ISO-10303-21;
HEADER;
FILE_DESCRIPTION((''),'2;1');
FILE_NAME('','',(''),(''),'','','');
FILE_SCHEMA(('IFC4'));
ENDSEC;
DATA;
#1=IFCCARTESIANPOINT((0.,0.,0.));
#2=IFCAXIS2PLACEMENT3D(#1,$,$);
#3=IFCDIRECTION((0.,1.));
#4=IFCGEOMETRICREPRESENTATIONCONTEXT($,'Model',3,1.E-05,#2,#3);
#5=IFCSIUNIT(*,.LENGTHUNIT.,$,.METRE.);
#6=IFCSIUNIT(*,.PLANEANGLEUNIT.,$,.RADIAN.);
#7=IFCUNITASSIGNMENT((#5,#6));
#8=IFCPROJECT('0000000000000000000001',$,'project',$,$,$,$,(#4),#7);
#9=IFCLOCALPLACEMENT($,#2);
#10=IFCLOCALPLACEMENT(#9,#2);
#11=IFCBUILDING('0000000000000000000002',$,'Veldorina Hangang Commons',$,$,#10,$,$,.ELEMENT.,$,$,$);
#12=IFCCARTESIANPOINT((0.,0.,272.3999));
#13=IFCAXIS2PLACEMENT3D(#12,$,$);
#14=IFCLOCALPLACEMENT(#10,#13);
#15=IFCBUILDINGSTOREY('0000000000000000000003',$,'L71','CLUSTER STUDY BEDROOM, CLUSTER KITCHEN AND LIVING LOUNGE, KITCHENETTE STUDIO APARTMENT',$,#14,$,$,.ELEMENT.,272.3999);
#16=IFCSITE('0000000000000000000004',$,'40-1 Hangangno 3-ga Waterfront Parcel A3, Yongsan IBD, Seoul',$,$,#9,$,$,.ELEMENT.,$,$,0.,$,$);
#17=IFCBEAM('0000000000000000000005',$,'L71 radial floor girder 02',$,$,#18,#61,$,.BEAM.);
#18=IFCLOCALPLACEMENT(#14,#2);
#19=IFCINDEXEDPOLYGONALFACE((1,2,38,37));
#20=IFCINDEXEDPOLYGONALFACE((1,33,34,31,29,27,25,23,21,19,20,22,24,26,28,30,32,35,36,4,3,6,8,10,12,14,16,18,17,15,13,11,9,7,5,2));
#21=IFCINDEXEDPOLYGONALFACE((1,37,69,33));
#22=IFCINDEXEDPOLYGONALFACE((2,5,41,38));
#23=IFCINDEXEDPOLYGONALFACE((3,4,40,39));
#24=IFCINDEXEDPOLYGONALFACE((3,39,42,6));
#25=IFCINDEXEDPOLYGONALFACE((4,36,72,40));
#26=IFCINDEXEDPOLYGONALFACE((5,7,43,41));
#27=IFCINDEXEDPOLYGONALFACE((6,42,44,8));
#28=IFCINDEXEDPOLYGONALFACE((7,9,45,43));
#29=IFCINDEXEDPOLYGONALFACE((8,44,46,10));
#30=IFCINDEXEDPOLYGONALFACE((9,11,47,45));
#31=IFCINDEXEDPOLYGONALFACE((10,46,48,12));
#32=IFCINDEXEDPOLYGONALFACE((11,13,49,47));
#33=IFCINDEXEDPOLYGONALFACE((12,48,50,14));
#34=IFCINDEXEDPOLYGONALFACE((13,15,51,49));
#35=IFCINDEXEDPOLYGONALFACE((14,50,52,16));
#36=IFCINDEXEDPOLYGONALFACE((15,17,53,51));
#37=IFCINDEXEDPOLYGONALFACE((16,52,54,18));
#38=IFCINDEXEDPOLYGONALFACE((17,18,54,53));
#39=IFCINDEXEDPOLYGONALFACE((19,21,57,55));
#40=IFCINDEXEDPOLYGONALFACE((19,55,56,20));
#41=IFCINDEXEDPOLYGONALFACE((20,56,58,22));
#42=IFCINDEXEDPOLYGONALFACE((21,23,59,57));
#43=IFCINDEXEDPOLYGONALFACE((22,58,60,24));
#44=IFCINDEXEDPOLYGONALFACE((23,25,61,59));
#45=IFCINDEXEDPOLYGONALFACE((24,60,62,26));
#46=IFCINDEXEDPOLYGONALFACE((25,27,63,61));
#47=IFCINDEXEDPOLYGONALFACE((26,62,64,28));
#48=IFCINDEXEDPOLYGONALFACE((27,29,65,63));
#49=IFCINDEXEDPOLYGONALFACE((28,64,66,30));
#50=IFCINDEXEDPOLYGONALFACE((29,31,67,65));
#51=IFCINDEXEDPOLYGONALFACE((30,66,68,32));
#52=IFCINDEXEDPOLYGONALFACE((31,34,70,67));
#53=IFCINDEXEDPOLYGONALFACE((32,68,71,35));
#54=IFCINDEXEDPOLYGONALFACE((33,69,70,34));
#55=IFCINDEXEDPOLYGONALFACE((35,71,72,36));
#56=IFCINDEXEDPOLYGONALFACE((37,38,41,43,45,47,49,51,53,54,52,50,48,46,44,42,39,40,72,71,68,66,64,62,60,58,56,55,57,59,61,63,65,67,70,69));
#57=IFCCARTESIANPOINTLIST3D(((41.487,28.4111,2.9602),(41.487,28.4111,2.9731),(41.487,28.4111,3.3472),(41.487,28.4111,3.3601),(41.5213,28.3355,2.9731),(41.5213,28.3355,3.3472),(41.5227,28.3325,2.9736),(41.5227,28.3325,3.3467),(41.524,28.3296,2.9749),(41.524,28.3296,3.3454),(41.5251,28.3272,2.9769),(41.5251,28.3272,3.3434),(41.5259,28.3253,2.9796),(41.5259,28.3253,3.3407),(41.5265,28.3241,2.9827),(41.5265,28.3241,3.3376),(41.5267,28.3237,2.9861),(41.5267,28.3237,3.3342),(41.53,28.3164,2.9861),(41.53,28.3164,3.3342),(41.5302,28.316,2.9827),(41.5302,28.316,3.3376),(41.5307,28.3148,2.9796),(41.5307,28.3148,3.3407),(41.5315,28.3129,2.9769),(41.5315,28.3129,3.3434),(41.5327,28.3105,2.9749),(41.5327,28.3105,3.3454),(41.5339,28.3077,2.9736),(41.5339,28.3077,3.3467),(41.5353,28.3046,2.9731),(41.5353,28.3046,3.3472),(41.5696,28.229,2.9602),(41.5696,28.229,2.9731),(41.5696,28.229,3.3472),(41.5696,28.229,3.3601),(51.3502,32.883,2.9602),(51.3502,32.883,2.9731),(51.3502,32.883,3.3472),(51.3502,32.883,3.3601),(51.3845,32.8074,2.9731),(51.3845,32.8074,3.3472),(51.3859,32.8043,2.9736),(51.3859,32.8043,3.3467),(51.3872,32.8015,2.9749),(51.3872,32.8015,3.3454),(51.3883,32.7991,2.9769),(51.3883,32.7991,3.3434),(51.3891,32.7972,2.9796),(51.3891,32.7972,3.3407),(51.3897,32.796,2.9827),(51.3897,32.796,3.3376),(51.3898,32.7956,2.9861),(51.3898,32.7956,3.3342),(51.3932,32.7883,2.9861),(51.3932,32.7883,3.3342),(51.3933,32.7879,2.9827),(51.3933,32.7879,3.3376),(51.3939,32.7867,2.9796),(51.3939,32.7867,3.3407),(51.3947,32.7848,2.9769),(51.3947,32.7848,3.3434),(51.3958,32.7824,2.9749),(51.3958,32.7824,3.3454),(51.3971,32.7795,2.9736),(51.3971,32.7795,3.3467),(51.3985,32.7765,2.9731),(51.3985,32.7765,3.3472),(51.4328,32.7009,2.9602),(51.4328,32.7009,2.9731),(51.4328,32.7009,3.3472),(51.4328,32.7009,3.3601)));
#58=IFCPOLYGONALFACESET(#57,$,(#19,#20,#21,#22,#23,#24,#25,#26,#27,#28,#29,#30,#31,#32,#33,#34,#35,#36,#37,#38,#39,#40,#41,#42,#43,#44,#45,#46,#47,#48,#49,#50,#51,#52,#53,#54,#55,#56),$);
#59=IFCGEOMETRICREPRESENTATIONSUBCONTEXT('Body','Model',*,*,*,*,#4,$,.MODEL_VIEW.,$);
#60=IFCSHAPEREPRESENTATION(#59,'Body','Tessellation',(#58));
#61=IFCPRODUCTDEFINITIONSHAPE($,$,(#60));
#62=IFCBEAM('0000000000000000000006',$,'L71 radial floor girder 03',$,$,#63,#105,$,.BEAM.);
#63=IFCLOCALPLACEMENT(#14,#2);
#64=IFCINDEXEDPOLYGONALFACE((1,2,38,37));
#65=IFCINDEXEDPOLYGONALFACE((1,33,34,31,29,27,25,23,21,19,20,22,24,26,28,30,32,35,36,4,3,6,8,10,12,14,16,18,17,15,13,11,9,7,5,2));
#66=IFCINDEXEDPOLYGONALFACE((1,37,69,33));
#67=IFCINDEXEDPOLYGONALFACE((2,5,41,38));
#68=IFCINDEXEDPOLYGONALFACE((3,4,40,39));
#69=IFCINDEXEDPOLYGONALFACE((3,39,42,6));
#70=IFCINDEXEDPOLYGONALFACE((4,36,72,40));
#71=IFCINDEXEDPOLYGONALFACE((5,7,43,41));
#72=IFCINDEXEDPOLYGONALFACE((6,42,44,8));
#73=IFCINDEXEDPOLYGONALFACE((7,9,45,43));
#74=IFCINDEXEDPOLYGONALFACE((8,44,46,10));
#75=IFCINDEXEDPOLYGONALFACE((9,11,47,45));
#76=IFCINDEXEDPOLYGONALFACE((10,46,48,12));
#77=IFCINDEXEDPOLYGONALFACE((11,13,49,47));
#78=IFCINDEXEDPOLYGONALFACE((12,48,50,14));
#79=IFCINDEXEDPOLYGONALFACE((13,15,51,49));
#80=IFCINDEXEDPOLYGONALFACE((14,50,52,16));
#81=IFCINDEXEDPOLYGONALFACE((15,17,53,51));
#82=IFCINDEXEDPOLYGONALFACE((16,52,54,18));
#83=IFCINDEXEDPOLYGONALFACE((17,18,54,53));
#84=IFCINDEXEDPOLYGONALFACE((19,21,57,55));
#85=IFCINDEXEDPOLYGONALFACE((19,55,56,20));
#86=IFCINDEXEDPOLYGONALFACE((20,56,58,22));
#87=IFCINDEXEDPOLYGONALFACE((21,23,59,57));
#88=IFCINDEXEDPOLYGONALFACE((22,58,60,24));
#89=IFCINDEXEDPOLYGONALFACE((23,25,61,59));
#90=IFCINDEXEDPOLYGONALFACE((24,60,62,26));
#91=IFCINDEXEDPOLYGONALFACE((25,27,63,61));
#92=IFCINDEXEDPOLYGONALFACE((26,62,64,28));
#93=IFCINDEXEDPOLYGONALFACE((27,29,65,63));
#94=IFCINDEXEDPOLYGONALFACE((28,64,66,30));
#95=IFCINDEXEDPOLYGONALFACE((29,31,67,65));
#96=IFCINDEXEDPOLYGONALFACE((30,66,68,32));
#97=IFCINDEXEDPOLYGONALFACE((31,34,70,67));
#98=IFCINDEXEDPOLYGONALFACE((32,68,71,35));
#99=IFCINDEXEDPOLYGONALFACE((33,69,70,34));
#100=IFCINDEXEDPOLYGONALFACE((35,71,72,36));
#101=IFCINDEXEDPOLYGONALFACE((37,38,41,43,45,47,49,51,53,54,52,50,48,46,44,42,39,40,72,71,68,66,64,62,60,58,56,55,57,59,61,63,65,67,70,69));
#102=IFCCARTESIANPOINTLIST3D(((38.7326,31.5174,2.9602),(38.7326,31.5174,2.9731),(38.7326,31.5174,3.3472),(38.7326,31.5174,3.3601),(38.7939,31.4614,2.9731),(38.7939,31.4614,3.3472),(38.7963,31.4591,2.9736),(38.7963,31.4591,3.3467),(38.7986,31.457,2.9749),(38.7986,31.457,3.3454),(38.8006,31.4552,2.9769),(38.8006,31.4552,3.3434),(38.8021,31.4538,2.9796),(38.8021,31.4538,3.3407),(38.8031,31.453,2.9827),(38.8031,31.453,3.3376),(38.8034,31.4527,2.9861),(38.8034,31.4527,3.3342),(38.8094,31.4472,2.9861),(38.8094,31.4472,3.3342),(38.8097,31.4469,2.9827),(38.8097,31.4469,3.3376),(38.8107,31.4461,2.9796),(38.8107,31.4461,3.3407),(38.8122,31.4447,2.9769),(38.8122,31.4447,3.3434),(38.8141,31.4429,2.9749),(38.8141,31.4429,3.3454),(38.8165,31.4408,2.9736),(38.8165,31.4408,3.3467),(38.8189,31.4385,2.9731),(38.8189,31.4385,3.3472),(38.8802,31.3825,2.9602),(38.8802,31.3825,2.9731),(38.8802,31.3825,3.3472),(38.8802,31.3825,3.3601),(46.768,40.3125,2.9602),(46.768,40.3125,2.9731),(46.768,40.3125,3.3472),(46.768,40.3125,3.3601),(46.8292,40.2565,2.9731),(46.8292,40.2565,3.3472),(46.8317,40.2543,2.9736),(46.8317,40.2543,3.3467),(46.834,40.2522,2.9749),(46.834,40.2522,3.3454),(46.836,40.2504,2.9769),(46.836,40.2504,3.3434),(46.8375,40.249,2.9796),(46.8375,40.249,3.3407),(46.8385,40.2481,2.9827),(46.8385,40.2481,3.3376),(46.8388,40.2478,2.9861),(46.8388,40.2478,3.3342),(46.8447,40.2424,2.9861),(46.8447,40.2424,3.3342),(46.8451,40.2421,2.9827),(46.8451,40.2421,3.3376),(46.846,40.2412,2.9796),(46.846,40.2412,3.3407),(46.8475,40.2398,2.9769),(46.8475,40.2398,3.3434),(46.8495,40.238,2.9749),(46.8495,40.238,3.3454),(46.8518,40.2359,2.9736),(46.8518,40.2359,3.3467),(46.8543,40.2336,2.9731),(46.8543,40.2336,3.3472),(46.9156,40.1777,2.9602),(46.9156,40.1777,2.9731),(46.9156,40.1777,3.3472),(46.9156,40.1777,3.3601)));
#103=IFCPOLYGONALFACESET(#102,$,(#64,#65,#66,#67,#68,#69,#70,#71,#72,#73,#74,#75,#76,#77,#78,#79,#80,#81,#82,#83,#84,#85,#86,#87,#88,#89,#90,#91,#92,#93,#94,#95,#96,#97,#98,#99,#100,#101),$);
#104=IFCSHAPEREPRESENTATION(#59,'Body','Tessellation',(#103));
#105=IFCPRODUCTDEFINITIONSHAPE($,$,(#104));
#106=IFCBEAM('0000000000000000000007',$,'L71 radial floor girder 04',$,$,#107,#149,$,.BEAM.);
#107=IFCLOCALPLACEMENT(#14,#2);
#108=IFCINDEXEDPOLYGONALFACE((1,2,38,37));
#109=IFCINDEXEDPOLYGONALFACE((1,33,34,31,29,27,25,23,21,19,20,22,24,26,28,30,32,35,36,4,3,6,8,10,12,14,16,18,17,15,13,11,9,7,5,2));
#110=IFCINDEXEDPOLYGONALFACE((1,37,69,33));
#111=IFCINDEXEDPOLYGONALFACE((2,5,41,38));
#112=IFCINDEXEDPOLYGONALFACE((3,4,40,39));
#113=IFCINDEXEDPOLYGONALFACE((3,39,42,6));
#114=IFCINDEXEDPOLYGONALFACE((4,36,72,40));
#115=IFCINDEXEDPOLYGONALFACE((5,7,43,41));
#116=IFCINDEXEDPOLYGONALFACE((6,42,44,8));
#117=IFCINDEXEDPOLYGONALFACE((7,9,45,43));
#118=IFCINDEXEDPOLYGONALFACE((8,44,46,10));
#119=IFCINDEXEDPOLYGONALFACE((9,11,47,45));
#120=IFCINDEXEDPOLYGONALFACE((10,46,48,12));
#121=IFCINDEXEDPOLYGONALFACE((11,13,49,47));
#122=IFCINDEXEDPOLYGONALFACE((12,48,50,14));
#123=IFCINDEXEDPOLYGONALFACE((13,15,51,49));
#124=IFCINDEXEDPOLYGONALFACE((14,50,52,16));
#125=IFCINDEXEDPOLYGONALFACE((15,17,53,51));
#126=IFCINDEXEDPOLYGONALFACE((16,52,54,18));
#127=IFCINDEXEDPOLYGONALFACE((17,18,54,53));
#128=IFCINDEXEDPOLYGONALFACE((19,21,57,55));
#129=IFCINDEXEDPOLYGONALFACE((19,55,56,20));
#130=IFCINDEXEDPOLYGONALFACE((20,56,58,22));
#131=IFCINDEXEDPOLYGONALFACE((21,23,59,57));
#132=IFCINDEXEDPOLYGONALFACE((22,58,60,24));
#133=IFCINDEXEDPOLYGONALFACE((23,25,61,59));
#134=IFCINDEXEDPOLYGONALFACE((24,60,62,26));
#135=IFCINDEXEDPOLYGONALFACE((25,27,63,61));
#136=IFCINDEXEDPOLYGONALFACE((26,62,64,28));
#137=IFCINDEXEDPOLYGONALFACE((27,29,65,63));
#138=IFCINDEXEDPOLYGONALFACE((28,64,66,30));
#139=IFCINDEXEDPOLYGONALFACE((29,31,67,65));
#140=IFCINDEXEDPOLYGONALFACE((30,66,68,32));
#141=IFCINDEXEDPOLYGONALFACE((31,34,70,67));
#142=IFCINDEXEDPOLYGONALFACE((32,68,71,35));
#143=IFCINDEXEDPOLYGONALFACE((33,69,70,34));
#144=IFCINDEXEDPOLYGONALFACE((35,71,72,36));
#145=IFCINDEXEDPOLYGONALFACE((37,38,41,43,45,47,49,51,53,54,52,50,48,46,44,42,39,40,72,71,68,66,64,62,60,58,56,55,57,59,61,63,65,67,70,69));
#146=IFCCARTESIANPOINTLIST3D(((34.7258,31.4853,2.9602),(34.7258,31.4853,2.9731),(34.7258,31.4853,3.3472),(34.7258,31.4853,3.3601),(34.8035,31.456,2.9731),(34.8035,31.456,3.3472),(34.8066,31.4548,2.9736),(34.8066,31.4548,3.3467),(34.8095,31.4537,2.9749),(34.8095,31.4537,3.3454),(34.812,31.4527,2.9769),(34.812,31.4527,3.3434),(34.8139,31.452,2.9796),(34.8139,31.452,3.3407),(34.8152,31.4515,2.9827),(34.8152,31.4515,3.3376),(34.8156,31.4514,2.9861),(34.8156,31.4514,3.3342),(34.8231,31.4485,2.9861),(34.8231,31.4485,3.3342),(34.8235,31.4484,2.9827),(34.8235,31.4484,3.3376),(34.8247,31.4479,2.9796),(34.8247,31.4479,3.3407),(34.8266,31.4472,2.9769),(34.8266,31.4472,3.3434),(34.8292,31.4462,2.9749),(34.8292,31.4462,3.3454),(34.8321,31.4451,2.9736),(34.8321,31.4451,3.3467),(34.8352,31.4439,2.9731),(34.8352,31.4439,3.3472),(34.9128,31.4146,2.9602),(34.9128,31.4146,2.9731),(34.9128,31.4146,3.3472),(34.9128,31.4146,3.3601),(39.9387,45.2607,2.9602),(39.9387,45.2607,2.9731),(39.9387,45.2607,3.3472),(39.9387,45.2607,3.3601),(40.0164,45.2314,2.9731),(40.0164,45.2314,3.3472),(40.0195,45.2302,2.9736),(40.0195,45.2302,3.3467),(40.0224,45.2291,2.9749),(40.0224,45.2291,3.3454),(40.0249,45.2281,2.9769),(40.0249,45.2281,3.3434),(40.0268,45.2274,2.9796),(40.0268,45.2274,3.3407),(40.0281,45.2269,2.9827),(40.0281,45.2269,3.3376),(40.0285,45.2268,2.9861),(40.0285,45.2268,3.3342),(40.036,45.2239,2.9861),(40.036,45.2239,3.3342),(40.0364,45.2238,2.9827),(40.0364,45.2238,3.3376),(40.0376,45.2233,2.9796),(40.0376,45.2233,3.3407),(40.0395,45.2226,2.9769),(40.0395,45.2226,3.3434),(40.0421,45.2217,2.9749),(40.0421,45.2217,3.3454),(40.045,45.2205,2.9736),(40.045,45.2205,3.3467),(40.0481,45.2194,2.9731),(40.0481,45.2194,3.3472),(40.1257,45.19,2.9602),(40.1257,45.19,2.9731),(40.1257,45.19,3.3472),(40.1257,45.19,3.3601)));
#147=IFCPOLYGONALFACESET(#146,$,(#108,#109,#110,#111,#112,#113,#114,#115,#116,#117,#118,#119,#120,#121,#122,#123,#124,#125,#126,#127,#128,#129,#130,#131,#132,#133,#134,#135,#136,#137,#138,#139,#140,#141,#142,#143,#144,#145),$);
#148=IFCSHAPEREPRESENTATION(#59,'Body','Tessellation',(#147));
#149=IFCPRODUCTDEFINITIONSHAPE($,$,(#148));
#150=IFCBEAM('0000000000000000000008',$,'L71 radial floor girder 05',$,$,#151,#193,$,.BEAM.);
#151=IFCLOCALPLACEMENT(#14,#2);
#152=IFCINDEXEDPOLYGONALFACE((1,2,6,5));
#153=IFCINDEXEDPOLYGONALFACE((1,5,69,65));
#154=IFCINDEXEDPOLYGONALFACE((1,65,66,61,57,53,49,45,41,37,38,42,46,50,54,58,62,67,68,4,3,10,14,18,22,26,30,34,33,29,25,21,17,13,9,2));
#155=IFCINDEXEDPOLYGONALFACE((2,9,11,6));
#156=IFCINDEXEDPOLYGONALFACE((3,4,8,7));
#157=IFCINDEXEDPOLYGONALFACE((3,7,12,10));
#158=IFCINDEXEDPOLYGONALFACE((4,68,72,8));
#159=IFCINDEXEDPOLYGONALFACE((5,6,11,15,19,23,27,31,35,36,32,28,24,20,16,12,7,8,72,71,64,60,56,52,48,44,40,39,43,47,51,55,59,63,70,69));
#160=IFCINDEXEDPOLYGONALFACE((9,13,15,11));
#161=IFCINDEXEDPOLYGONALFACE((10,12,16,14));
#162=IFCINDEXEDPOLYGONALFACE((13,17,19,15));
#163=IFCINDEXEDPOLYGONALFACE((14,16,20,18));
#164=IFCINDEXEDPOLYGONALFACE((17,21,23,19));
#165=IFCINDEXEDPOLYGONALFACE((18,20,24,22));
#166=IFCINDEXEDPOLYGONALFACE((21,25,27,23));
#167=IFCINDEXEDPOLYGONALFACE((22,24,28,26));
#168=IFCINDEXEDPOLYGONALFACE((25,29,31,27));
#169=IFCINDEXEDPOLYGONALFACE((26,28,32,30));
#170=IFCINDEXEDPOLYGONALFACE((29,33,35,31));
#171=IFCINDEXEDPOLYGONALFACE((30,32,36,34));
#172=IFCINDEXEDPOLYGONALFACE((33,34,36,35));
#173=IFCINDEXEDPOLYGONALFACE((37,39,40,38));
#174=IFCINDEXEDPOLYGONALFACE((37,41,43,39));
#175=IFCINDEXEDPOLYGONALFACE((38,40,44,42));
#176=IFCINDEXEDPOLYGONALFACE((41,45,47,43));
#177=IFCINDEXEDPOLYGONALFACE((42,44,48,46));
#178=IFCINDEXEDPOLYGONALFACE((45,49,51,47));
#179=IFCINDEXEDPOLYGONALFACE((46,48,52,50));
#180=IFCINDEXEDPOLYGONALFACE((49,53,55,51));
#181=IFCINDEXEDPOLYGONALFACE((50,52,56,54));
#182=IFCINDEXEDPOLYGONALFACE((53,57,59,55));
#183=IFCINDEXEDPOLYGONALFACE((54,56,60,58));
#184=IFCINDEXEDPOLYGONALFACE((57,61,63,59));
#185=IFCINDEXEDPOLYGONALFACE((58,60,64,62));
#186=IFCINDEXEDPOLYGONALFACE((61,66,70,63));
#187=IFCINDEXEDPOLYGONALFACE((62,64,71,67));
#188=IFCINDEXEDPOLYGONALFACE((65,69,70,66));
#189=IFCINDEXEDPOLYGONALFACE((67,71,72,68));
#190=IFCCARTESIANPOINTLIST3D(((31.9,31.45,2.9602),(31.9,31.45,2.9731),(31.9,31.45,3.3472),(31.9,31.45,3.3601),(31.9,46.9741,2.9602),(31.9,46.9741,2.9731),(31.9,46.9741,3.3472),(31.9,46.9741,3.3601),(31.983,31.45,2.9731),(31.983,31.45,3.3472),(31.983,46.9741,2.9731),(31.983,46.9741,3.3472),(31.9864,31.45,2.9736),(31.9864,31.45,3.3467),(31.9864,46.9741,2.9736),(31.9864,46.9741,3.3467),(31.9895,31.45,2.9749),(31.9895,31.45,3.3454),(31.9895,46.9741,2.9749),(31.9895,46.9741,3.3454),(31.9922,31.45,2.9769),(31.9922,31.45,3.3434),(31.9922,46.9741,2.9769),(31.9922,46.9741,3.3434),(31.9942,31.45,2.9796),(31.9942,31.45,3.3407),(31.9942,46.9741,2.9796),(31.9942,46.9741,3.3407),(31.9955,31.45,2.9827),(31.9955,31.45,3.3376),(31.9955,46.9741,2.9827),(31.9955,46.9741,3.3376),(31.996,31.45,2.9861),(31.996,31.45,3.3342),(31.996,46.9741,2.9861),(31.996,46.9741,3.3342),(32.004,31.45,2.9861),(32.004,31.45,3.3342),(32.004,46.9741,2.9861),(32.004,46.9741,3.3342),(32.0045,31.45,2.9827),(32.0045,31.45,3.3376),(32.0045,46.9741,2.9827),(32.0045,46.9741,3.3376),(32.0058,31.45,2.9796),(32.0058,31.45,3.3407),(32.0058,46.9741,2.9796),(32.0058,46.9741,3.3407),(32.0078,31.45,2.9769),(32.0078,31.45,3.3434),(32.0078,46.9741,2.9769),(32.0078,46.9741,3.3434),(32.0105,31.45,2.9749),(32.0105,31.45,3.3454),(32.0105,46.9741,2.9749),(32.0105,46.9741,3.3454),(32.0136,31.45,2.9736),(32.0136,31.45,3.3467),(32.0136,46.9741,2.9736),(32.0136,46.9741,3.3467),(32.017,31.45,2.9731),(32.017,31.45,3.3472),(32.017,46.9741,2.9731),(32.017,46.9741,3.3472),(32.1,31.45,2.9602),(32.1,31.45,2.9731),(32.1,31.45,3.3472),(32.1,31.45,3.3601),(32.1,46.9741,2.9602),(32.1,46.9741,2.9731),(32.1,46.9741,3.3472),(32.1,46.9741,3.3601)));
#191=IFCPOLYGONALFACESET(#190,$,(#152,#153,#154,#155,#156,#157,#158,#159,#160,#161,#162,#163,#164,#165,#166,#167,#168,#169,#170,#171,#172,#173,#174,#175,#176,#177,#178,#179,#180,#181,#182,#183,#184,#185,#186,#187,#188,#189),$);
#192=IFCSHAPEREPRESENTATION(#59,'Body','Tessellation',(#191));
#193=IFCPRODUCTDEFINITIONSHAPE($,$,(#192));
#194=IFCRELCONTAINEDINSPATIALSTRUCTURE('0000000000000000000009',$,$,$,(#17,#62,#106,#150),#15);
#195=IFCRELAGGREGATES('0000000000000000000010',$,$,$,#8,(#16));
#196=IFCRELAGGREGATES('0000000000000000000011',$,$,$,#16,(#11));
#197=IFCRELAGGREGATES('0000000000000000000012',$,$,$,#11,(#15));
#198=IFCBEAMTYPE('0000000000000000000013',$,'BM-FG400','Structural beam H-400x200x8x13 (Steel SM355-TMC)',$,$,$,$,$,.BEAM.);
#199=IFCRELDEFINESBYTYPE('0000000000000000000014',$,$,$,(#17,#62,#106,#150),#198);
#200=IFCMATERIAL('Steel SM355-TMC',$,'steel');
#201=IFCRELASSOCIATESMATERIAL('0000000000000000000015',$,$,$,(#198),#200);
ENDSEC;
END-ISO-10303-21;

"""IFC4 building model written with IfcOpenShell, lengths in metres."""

from ifc_helpers import new_model, si_unit, direction, frame, origin, origin_2d, place, context, subcontext, project, spatial, i_section, extrude, material, material_profile, profile_set, type_object, element, save


model = new_model("IFC4")

# Units and contexts
model_context = context("Model", 3, precision=1e-05, world=origin(), true_north=direction((0.0, 1.0)))
body_context = subcontext(model_context, "Body", "Model", "MODEL_VIEW")
ifc_project = project(units=[si_unit("LENGTHUNIT", "METRE"), si_unit("PLANEANGLEUNIT", "RADIAN")], contexts=[model_context])

# Site, building, storey
site_placement = place(None, origin())
site = spatial("IfcSite", under=ifc_project, at=site_placement, Name="40-1 Hangangno 3-ga Waterfront Parcel A3, Yongsan IBD, Seoul", CompositionType="ELEMENT", RefElevation=0.0)
building_placement = place(site_placement, origin())
building = spatial("IfcBuilding", under=site, at=building_placement, Name="Veldorina Hangang Commons", CompositionType="ELEMENT")
storey_placement = place(building_placement, frame((0.0, 0.0, 272.3999)))
storey = spatial("IfcBuildingStorey", under=building, at=storey_placement, Name="L71", Description="CLUSTER STUDY BEDROOM, CLUSTER KITCHEN AND LIVING LOUNGE, KITCHENETTE STUDIO APARTMENT", CompositionType="ELEMENT", Elevation=272.3999)

# Beams
ifc_material_1 = material(Name="Steel SM355-TMC", Category="steel")
ifc_material_profile = material_profile(ifc_material_1, i_section(OverallWidth=0.2, OverallDepth=0.3999, WebThickness=0.0081, FlangeThickness=0.0129, FilletRadius=0.0129, at=origin_2d()), Name="H-400x200x8x13")
ifc_profile_set = profile_set([ifc_material_profile], Name="Steel SM355-TMC")
beam_type = type_object("IfcBeamType", Name="BM-FG400", Description="Structural beam H-400x200x8x13 (Steel SM355-TMC)", PredefinedType="BEAM", material=ifc_profile_set)
beam_1_placement = place(storey_placement, frame((41.5283, 28.3201, 3.1602), z_axis=(0.910762, 0.412931, 0.0), x_axis=(-0.412931, 0.910762, 0.0)))
element("IfcBeam", 1, at=beam_1_placement, inside=storey, type_object=beam_type, Name="L71 radial floor girder 02", PredefinedType="BEAM", context=body_context, shape_type="SweptSolid", body=[
    extrude(i_section(OverallWidth=0.2, OverallDepth=0.3999, WebThickness=0.0081, FlangeThickness=0.0129, FilletRadius=0.0129, at=origin_2d()), origin(), (0.0, 0.0, 1.0), 10.8296),
])
beam_2_placement = place(storey_placement, frame((38.8064, 31.45, 3.1602), z_axis=(0.6745, 0.738275, 0.0), x_axis=(-0.738275, 0.6745, 0.0)))
element("IfcBeam", 2, at=beam_2_placement, inside=storey, type_object=beam_type, Name="L71 radial floor girder 03", PredefinedType="BEAM", context=body_context, shape_type="SweptSolid", body=[
    extrude(i_section(OverallWidth=0.2, OverallDepth=0.3999, WebThickness=0.0081, FlangeThickness=0.0129, FilletRadius=0.0129, at=origin_2d()), origin(), (0.0, 0.0, 1.0), 11.9131),
])
beam_3_placement = place(storey_placement, frame((34.8193, 31.45, 3.1602), z_axis=(0.353927, 0.935273, 0.0), x_axis=(-0.935273, 0.353927, 0.0)))
element("IfcBeam", 3, at=beam_3_placement, inside=storey, type_object=beam_type, Name="L71 radial floor girder 04", PredefinedType="BEAM", context=body_context, shape_type="SweptSolid", body=[
    extrude(i_section(OverallWidth=0.2, OverallDepth=0.3999, WebThickness=0.0081, FlangeThickness=0.0129, FilletRadius=0.0129, at=origin_2d()), origin(), (0.0, 0.0, 1.0), 14.7288),
])
beam_4_placement = place(storey_placement, frame((32.0, 31.45, 3.1602), z_axis=(0.0, 1.0, 0.0), x_axis=(-1.0, 0.0, 0.0)))
element("IfcBeam", 4, at=beam_4_placement, inside=storey, type_object=beam_type, Name="L71 radial floor girder 05", PredefinedType="BEAM", context=body_context, shape_type="SweptSolid", body=[
    extrude(i_section(OverallWidth=0.2, OverallDepth=0.3999, WebThickness=0.0081, FlangeThickness=0.0129, FilletRadius=0.0129, at=origin_2d()), origin(), (0.0, 0.0, 1.0), 15.5242),
])

save(model, "model.ifc")
